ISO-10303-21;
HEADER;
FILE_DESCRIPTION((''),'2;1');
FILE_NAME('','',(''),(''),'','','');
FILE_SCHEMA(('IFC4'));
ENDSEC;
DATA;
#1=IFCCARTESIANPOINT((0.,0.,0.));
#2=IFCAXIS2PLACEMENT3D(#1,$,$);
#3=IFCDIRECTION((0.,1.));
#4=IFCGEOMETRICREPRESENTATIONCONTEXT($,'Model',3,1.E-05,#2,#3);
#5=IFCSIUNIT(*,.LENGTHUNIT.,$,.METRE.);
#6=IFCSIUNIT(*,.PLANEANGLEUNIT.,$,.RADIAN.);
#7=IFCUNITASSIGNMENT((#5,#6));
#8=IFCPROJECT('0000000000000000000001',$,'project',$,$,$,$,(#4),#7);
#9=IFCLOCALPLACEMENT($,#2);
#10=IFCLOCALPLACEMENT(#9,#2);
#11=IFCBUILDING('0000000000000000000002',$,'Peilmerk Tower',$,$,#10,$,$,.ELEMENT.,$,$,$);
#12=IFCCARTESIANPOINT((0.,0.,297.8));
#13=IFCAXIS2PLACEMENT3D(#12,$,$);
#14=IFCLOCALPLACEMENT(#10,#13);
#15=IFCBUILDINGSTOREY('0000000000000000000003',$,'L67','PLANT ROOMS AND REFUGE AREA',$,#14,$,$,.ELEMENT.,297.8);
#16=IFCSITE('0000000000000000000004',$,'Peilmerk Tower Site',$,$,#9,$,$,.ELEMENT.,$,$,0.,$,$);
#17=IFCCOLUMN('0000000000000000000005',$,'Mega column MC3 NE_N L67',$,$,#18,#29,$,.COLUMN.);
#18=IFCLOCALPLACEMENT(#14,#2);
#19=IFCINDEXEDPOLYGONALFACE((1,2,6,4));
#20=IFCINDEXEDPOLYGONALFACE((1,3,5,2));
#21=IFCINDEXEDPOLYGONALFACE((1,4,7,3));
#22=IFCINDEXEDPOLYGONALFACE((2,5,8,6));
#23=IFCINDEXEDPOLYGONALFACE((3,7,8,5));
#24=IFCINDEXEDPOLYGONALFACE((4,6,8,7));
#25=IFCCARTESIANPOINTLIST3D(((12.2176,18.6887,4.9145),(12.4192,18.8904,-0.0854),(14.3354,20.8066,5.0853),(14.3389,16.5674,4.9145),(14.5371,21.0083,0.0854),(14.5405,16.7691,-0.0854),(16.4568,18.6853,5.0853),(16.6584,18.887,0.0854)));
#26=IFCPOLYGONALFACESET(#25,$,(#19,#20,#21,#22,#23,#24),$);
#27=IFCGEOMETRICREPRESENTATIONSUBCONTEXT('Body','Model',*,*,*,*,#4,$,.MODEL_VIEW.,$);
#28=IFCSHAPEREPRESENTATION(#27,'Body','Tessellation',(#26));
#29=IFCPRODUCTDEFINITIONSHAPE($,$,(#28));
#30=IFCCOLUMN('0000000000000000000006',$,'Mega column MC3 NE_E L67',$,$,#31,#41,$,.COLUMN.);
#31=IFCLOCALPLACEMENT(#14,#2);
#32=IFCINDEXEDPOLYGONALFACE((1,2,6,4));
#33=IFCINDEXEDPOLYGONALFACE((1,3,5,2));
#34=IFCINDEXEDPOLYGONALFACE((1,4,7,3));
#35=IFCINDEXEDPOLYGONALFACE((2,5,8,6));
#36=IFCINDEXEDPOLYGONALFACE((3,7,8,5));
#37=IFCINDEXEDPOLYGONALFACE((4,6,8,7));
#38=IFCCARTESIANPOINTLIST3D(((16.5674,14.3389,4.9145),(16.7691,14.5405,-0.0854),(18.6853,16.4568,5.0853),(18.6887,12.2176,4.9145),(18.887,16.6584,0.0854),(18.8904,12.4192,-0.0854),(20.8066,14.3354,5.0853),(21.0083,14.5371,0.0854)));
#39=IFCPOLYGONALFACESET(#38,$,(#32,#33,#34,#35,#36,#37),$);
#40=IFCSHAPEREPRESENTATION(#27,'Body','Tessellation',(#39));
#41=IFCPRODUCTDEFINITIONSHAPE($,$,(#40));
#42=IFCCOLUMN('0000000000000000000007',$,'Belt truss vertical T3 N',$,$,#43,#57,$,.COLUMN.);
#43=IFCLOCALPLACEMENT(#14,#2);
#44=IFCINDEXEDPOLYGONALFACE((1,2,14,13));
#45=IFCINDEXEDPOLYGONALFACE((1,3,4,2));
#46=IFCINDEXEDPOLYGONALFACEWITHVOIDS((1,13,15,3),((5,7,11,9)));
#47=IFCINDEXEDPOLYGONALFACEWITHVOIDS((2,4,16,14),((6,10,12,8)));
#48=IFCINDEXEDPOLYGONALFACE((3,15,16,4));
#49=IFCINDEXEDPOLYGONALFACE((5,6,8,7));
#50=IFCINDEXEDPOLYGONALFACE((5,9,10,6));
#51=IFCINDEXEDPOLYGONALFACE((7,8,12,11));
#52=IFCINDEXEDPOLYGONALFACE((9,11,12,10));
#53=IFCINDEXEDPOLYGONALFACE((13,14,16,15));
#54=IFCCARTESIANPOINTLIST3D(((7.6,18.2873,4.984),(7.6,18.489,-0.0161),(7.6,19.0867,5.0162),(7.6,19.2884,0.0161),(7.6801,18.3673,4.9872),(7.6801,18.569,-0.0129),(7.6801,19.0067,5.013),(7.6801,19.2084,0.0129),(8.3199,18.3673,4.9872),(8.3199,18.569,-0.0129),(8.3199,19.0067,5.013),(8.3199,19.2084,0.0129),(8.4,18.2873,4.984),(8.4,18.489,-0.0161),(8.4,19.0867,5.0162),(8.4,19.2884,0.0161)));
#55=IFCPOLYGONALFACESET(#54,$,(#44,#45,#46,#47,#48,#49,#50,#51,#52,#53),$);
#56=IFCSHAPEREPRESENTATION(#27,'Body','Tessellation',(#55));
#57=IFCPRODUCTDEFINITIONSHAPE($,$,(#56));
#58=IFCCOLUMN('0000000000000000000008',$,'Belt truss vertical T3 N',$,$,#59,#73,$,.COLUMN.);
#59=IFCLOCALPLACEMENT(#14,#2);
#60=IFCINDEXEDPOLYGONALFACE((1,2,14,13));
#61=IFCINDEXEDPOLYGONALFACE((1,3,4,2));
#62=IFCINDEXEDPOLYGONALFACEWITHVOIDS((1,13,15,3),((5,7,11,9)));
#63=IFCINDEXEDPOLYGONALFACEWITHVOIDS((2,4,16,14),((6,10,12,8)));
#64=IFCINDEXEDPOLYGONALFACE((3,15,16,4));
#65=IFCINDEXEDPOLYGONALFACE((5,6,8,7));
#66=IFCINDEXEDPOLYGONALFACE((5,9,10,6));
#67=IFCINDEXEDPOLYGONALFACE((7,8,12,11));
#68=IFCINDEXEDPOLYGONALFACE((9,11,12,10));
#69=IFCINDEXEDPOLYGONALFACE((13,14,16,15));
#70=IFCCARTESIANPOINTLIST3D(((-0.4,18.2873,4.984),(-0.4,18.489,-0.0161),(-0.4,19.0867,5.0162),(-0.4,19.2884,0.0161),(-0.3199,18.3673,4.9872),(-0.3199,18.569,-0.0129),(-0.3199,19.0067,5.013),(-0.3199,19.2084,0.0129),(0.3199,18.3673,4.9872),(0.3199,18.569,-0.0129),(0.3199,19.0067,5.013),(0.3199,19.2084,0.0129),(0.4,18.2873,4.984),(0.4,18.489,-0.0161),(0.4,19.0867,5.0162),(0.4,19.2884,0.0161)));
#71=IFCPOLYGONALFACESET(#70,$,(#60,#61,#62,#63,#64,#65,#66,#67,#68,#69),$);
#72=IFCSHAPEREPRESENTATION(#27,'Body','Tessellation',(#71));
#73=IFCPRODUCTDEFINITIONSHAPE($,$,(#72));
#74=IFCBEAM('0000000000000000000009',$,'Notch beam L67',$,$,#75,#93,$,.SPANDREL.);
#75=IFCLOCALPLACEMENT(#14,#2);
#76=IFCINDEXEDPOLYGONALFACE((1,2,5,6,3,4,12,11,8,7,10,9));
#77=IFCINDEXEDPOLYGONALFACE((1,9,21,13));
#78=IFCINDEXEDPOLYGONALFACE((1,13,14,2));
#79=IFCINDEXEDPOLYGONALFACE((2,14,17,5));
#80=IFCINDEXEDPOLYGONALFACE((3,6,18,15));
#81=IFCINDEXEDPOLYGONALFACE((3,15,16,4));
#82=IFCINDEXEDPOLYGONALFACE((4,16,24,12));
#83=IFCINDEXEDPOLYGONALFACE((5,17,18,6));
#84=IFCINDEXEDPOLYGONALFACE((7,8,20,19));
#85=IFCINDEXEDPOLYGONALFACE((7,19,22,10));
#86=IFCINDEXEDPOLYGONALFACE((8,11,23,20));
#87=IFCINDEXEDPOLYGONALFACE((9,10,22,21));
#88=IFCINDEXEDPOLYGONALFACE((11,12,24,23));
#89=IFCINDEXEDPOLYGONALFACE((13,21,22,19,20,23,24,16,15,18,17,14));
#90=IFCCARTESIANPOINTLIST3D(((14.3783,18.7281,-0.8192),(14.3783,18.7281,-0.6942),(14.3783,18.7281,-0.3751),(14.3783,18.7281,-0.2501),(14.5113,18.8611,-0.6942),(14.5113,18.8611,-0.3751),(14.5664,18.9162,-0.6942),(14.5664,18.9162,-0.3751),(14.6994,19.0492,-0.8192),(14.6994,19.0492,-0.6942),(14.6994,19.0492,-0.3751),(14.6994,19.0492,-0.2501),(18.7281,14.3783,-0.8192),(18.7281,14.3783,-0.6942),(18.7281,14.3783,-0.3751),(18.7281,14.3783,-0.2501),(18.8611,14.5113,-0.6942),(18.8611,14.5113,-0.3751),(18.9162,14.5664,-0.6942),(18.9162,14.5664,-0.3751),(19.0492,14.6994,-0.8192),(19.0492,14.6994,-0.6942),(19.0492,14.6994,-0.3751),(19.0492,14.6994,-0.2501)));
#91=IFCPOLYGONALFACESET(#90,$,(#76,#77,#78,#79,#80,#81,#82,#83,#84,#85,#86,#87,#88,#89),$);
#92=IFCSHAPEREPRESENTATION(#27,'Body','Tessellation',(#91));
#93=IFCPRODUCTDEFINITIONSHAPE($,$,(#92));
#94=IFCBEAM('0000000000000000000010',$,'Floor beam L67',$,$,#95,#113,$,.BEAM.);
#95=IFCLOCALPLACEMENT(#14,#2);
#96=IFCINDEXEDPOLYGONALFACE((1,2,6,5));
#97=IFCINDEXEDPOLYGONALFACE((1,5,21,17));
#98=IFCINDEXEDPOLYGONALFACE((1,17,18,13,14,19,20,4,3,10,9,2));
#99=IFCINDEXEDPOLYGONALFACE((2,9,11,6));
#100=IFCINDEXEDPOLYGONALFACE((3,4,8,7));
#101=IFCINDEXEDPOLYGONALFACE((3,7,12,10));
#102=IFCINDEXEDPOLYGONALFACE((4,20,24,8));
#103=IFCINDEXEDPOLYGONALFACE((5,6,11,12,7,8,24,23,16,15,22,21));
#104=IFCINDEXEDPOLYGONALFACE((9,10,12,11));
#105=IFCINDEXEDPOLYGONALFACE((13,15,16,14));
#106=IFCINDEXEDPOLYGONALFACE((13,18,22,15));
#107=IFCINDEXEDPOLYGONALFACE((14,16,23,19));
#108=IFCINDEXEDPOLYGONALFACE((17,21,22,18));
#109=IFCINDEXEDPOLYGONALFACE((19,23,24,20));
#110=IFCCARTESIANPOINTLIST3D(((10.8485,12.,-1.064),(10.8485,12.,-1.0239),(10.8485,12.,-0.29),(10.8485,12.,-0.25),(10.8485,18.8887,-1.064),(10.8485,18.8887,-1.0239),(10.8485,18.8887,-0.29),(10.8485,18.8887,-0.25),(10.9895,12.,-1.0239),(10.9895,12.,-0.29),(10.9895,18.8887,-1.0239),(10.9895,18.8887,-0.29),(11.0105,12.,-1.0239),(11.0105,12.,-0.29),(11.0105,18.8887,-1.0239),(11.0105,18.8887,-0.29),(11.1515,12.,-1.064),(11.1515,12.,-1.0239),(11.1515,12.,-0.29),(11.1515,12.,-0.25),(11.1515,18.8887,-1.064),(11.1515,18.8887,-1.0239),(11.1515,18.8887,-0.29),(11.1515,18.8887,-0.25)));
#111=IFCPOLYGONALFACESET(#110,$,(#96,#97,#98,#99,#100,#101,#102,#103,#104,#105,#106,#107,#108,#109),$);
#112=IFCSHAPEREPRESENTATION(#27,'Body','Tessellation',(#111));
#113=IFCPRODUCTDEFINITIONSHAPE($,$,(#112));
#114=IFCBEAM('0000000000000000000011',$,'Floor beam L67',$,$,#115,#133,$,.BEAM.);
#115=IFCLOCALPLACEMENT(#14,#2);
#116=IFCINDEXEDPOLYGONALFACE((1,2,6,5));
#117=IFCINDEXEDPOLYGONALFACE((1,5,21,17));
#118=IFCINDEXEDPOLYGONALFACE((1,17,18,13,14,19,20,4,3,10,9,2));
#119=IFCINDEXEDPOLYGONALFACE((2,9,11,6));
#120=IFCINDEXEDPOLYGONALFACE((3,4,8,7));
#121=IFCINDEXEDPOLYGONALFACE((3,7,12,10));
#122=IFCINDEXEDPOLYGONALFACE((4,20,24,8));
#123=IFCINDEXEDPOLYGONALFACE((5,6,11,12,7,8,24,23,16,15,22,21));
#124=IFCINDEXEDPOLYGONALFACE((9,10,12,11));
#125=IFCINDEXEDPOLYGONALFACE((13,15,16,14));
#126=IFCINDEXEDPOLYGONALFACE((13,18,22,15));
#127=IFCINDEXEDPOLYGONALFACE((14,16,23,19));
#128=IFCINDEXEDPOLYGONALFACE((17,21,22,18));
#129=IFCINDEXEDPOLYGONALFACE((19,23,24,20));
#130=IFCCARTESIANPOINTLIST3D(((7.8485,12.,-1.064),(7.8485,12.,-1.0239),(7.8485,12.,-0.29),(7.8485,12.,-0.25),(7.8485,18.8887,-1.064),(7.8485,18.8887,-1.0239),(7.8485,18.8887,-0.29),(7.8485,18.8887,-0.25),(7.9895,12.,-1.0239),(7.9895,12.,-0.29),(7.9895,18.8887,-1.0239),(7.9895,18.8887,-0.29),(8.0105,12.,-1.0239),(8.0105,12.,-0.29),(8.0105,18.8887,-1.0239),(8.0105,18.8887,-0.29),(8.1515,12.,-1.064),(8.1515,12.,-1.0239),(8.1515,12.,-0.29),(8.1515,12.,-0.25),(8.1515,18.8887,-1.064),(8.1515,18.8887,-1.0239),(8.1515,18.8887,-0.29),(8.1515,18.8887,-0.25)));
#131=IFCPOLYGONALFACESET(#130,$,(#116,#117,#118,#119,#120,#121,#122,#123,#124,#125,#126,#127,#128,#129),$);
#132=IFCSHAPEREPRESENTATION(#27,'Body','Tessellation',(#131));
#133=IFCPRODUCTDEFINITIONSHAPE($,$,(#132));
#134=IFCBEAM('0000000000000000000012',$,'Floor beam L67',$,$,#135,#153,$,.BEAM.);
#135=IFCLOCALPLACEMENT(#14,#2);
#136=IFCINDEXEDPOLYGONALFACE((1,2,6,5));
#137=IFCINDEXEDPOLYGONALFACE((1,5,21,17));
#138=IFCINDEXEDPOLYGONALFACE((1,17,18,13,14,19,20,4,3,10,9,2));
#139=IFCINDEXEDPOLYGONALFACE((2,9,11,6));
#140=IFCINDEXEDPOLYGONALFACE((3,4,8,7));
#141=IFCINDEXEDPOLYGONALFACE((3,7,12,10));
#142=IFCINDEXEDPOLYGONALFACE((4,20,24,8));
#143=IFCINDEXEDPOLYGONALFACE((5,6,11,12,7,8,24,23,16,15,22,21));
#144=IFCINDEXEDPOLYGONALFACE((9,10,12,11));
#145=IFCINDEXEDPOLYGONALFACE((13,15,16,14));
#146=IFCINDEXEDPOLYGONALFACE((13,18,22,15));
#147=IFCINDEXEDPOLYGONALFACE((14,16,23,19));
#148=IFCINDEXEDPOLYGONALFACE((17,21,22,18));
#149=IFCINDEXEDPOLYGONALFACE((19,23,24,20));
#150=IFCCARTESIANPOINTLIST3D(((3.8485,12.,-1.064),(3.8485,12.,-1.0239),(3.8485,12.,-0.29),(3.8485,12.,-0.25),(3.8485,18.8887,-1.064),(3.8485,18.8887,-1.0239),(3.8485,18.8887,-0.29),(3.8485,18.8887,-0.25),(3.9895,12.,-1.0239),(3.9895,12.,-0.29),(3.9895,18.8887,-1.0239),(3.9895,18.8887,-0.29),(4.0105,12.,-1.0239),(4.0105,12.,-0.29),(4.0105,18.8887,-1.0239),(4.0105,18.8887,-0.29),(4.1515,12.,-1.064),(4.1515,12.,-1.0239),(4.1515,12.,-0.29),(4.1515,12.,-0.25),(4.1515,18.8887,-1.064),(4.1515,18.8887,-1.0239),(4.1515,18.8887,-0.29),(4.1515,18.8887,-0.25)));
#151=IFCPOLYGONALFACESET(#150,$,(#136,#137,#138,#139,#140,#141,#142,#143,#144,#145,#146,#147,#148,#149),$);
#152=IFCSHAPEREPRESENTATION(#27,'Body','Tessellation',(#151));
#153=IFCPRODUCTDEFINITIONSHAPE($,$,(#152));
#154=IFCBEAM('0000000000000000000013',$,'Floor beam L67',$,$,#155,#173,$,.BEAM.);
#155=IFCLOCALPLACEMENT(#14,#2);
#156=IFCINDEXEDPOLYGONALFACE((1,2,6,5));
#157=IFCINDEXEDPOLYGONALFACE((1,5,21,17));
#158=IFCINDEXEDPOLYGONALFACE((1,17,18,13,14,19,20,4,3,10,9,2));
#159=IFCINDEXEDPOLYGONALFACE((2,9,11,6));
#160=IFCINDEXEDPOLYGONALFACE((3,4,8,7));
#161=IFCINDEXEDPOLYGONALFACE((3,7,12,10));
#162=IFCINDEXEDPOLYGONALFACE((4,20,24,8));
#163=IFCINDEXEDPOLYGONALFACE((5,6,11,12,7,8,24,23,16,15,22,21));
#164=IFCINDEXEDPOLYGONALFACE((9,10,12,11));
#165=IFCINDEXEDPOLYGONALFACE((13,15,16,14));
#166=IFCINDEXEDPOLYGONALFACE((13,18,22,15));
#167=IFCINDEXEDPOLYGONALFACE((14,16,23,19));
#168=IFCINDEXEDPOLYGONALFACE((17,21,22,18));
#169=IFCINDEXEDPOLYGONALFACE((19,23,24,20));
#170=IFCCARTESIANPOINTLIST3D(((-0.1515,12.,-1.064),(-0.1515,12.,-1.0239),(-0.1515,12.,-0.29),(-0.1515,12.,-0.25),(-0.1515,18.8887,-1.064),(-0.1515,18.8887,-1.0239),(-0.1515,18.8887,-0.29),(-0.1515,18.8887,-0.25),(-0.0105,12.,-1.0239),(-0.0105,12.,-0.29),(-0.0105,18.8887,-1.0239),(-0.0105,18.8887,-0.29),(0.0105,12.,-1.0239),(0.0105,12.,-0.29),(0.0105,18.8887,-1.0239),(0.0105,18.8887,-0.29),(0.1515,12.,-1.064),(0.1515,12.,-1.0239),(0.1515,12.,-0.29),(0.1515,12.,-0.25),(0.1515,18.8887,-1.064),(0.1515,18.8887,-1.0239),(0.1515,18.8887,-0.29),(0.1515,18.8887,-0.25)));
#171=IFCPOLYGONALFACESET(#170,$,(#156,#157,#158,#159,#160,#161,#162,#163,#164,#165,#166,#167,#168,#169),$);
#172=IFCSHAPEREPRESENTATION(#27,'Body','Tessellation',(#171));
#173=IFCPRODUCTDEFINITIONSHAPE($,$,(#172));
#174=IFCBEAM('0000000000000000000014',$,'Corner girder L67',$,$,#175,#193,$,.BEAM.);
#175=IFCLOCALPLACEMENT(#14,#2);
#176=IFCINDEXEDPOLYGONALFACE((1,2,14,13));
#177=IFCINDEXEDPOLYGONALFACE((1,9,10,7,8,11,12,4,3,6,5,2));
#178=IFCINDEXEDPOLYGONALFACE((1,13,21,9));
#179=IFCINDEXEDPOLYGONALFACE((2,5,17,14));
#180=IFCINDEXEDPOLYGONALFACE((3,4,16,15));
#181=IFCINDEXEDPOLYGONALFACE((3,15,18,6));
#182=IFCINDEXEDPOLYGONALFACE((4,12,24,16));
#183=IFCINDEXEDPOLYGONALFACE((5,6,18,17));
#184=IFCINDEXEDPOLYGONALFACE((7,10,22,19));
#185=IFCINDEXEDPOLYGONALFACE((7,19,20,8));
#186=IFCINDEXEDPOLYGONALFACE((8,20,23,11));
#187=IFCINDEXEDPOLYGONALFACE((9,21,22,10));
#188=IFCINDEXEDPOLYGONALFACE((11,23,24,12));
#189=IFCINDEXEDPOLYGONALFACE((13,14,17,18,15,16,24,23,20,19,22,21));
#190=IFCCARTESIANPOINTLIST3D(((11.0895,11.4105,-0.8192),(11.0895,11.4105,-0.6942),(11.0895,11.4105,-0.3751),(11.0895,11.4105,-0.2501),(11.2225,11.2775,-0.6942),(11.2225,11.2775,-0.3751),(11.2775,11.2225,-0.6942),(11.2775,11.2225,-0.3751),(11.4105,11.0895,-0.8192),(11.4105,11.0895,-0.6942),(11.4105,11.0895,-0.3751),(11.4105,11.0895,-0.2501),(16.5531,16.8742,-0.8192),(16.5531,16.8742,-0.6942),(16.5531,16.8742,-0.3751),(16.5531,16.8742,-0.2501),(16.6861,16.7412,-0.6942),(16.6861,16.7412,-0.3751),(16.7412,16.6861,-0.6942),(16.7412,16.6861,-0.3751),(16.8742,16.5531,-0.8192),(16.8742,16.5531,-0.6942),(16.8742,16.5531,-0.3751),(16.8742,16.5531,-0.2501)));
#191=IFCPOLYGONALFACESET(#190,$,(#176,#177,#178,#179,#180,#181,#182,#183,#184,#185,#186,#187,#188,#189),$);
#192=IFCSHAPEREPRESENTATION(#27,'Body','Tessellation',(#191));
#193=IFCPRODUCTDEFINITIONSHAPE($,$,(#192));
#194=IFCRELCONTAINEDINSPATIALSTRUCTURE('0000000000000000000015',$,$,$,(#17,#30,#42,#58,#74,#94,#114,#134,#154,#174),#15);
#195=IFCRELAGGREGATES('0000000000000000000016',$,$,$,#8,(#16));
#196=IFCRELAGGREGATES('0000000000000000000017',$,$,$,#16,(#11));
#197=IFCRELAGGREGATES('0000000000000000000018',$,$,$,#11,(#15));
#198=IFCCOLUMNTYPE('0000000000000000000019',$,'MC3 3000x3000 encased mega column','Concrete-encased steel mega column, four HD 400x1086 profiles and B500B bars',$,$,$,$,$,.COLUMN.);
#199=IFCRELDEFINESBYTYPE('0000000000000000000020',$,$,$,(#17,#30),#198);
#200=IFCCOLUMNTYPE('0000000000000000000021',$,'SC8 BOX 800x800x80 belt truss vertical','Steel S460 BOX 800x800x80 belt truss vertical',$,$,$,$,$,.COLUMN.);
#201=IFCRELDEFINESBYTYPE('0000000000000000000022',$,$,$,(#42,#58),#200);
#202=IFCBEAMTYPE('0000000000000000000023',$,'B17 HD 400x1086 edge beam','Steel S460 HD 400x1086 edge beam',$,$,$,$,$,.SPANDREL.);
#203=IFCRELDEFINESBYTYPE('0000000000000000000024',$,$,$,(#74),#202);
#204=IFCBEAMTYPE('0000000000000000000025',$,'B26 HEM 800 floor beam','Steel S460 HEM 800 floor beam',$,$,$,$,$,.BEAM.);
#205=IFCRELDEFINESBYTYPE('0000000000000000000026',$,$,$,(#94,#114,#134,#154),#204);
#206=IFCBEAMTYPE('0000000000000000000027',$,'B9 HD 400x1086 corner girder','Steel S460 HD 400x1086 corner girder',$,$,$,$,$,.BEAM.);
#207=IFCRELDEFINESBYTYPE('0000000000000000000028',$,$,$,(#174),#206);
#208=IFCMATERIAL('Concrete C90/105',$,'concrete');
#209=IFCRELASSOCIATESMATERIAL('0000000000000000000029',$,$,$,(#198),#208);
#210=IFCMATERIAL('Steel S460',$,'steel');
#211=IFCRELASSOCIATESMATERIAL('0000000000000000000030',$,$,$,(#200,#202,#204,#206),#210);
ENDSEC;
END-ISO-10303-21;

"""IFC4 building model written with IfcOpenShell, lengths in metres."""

from ifc_helpers import new_model, si_unit, direction, frame, origin, origin_2d, place, context, subcontext, project, spatial, rectangle, hollow_rectangle, i_section, extrude, material, material_profile, profile_set, type_object, element, save


model = new_model("IFC4")

# Units and contexts
model_context = context("Model", 3, precision=1e-05, world=origin(), true_north=direction((0.0, 1.0)))
body_context = subcontext(model_context, "Body", "Model", "MODEL_VIEW")
ifc_project = project(units=[si_unit("LENGTHUNIT", "METRE"), si_unit("PLANEANGLEUNIT", "RADIAN")], contexts=[model_context])

# Site, building, storey
site_placement = place(None, origin())
site = spatial("IfcSite", under=ifc_project, at=site_placement, Name="Peilmerk Tower Site", CompositionType="ELEMENT", RefElevation=0.0)
building_placement = place(site_placement, origin())
building = spatial("IfcBuilding", under=site, at=building_placement, Name="Peilmerk Tower", CompositionType="ELEMENT")
storey_placement = place(building_placement, frame((0.0, 0.0, 297.8)))
storey = spatial("IfcBuildingStorey", under=building, at=storey_placement, Name="L67", Description="PLANT ROOMS AND REFUGE AREA", CompositionType="ELEMENT", Elevation=297.8)

# Columns
ifc_material_1 = material(Name="Concrete C90/105", Category="concrete")
ifc_material_profile_1 = material_profile(ifc_material_1, rectangle(XDim=3.0, YDim=3.0, at=origin_2d()), Name="RC 3000x3000")
ifc_profile_set_1 = profile_set([ifc_material_profile_1], Name="Concrete C90/105")
column_type_1 = type_object("IfcColumnType", Name="MC3 3000x3000 encased mega column", Description="Concrete-encased steel mega column, four HD 400x1086 profiles and B500B bars", PredefinedType="COLUMN", material=ifc_profile_set_1)
for number, where, z_axis, x_axis, name in (
    (1, (14.5388, 18.8887, 0.0), (-0.040267, -0.040267, 0.998377), (0.707107, -0.707107, 0.0), "Mega column MC3 NE_N L67"),
    (2, (18.8887, 14.5388, 0.0), (-0.040267, -0.040267, 0.998377), (0.707107, -0.707107, 0.0), "Mega column MC3 NE_E L67"),
):
    element("IfcColumn", number, at=place(storey_placement, frame(where, z_axis=z_axis, x_axis=x_axis)), inside=storey, type_object=column_type_1, Name=name, PredefinedType="COLUMN", context=body_context, shape_type="SweptSolid", body=[
        extrude(rectangle(XDim=3.0, YDim=3.0, at=origin_2d()), origin(), (0.0, 0.0, 1.0), 5.0081),
    ])
ifc_material_2 = material(Name="Steel S460", Category="steel")
ifc_material_profile_2 = material_profile(ifc_material_2, hollow_rectangle(XDim=0.8, YDim=0.8, WallThickness=0.0801, at=origin_2d()), Name="BOX 800x800x80")
ifc_profile_set_2 = profile_set([ifc_material_profile_2], Name="Steel S460")
column_type_2 = type_object("IfcColumnType", Name="SC8 BOX 800x800x80 belt truss vertical", Description="Steel S460 BOX 800x800x80 belt truss vertical", PredefinedType="COLUMN", material=ifc_profile_set_2)
for number, where, z_axis, x_axis, name in (
    (3, (8.0, 18.8887, 0.0), (0.0, -0.040299, 0.999188), (1.0, 0.0, 0.0), "Belt truss vertical T3 N"),
    (4, (0.0, 18.8887, 0.0), (0.0, -0.040299, 0.999188), (1.0, 0.0, 0.0), "Belt truss vertical T3 N"),
):
    element("IfcColumn", number, at=place(storey_placement, frame(where, z_axis=z_axis, x_axis=x_axis)), inside=storey, type_object=column_type_2, Name=name, PredefinedType="COLUMN", context=body_context, shape_type="SweptSolid", body=[
        extrude(hollow_rectangle(XDim=0.8, YDim=0.8, WallThickness=0.0801, at=origin_2d()), origin(), (0.0, 0.0, 1.0), 5.0042),
    ])

# Beams
ifc_material_profile_3 = material_profile(ifc_material_2, i_section(OverallWidth=0.4541, OverallDepth=0.5691, WebThickness=0.0779, FlangeThickness=0.125, at=origin_2d()), Name="HD 400x1086")
ifc_profile_set_3 = profile_set([ifc_material_profile_3], Name="Steel S460")
beam_type_1 = type_object("IfcBeamType", Name="B17 HD 400x1086 edge beam", Description="Steel S460 HD 400x1086 edge beam", PredefinedType="SPANDREL", material=ifc_profile_set_3)
beam_1_placement = place(storey_placement, frame((14.5388, 18.8887, -0.5347), z_axis=(0.707107, -0.707107, 0.0), x_axis=(0.707107, 0.707107, 0.0)))
element("IfcBeam", 5, at=beam_1_placement, inside=storey, type_object=beam_type_1, Name="Notch beam L67", PredefinedType="SPANDREL", context=body_context, shape_type="SweptSolid", body=[
    extrude(i_section(OverallWidth=0.4541, OverallDepth=0.5691, WebThickness=0.0779, FlangeThickness=0.125, at=origin_2d()), origin(), (0.0, 0.0, 1.0), 6.1516),
])
ifc_material_profile_4 = material_profile(ifc_material_2, i_section(OverallWidth=0.303, OverallDepth=0.814, WebThickness=0.021, FlangeThickness=0.04, at=origin_2d()), Name="HEM 800")
ifc_profile_set_4 = profile_set([ifc_material_profile_4], Name="Steel S460")
beam_type_2 = type_object("IfcBeamType", Name="B26 HEM 800 floor beam", Description="Steel S460 HEM 800 floor beam", PredefinedType="BEAM", material=ifc_profile_set_4)
for number, where, z_axis, x_axis, name in (
    (6, (11.0, 12.0, -0.657), (0.0, 1.0, 0.0), (-1.0, 0.0, 0.0), "Floor beam L67"),
    (7, (8.0, 12.0, -0.657), (0.0, 1.0, 0.0), (-1.0, 0.0, 0.0), "Floor beam L67"),
    (8, (4.0, 12.0, -0.657), (0.0, 1.0, 0.0), (-1.0, 0.0, 0.0), "Floor beam L67"),
    (9, (0.0, 12.0, -0.657), (0.0, 1.0, 0.0), (-1.0, 0.0, 0.0), "Floor beam L67"),
):
    element("IfcBeam", number, at=place(storey_placement, frame(where, z_axis=z_axis, x_axis=x_axis)), inside=storey, type_object=beam_type_2, Name=name, PredefinedType="BEAM", context=body_context, shape_type="SweptSolid", body=[
        extrude(i_section(OverallWidth=0.303, OverallDepth=0.814, WebThickness=0.021, FlangeThickness=0.04, at=origin_2d()), origin(), (0.0, 0.0, 1.0), 6.8887),
    ])
ifc_material_profile_5 = material_profile(ifc_material_2, i_section(OverallWidth=0.4541, OverallDepth=0.5691, WebThickness=0.0779, FlangeThickness=0.125, at=origin_2d()), Name="HD 400x1086")
ifc_profile_set_5 = profile_set([ifc_material_profile_5], Name="Steel S460")
beam_type_3 = type_object("IfcBeamType", Name="B9 HD 400x1086 corner girder", Description="Steel S460 HD 400x1086 corner girder", PredefinedType="BEAM", material=ifc_profile_set_5)
beam_2_placement = place(storey_placement, frame((11.25, 11.25, -0.5347), z_axis=(0.707107, 0.707107, 0.0), x_axis=(-0.707107, 0.707107, 0.0)))
element("IfcBeam", 10, at=beam_2_placement, inside=storey, type_object=beam_type_3, Name="Corner girder L67", PredefinedType="BEAM", context=body_context, shape_type="SweptSolid", body=[
    extrude(i_section(OverallWidth=0.4541, OverallDepth=0.5691, WebThickness=0.0779, FlangeThickness=0.125, at=origin_2d()), origin(), (0.0, 0.0, 1.0), 7.7268),
])

save(model, "model.ifc")
